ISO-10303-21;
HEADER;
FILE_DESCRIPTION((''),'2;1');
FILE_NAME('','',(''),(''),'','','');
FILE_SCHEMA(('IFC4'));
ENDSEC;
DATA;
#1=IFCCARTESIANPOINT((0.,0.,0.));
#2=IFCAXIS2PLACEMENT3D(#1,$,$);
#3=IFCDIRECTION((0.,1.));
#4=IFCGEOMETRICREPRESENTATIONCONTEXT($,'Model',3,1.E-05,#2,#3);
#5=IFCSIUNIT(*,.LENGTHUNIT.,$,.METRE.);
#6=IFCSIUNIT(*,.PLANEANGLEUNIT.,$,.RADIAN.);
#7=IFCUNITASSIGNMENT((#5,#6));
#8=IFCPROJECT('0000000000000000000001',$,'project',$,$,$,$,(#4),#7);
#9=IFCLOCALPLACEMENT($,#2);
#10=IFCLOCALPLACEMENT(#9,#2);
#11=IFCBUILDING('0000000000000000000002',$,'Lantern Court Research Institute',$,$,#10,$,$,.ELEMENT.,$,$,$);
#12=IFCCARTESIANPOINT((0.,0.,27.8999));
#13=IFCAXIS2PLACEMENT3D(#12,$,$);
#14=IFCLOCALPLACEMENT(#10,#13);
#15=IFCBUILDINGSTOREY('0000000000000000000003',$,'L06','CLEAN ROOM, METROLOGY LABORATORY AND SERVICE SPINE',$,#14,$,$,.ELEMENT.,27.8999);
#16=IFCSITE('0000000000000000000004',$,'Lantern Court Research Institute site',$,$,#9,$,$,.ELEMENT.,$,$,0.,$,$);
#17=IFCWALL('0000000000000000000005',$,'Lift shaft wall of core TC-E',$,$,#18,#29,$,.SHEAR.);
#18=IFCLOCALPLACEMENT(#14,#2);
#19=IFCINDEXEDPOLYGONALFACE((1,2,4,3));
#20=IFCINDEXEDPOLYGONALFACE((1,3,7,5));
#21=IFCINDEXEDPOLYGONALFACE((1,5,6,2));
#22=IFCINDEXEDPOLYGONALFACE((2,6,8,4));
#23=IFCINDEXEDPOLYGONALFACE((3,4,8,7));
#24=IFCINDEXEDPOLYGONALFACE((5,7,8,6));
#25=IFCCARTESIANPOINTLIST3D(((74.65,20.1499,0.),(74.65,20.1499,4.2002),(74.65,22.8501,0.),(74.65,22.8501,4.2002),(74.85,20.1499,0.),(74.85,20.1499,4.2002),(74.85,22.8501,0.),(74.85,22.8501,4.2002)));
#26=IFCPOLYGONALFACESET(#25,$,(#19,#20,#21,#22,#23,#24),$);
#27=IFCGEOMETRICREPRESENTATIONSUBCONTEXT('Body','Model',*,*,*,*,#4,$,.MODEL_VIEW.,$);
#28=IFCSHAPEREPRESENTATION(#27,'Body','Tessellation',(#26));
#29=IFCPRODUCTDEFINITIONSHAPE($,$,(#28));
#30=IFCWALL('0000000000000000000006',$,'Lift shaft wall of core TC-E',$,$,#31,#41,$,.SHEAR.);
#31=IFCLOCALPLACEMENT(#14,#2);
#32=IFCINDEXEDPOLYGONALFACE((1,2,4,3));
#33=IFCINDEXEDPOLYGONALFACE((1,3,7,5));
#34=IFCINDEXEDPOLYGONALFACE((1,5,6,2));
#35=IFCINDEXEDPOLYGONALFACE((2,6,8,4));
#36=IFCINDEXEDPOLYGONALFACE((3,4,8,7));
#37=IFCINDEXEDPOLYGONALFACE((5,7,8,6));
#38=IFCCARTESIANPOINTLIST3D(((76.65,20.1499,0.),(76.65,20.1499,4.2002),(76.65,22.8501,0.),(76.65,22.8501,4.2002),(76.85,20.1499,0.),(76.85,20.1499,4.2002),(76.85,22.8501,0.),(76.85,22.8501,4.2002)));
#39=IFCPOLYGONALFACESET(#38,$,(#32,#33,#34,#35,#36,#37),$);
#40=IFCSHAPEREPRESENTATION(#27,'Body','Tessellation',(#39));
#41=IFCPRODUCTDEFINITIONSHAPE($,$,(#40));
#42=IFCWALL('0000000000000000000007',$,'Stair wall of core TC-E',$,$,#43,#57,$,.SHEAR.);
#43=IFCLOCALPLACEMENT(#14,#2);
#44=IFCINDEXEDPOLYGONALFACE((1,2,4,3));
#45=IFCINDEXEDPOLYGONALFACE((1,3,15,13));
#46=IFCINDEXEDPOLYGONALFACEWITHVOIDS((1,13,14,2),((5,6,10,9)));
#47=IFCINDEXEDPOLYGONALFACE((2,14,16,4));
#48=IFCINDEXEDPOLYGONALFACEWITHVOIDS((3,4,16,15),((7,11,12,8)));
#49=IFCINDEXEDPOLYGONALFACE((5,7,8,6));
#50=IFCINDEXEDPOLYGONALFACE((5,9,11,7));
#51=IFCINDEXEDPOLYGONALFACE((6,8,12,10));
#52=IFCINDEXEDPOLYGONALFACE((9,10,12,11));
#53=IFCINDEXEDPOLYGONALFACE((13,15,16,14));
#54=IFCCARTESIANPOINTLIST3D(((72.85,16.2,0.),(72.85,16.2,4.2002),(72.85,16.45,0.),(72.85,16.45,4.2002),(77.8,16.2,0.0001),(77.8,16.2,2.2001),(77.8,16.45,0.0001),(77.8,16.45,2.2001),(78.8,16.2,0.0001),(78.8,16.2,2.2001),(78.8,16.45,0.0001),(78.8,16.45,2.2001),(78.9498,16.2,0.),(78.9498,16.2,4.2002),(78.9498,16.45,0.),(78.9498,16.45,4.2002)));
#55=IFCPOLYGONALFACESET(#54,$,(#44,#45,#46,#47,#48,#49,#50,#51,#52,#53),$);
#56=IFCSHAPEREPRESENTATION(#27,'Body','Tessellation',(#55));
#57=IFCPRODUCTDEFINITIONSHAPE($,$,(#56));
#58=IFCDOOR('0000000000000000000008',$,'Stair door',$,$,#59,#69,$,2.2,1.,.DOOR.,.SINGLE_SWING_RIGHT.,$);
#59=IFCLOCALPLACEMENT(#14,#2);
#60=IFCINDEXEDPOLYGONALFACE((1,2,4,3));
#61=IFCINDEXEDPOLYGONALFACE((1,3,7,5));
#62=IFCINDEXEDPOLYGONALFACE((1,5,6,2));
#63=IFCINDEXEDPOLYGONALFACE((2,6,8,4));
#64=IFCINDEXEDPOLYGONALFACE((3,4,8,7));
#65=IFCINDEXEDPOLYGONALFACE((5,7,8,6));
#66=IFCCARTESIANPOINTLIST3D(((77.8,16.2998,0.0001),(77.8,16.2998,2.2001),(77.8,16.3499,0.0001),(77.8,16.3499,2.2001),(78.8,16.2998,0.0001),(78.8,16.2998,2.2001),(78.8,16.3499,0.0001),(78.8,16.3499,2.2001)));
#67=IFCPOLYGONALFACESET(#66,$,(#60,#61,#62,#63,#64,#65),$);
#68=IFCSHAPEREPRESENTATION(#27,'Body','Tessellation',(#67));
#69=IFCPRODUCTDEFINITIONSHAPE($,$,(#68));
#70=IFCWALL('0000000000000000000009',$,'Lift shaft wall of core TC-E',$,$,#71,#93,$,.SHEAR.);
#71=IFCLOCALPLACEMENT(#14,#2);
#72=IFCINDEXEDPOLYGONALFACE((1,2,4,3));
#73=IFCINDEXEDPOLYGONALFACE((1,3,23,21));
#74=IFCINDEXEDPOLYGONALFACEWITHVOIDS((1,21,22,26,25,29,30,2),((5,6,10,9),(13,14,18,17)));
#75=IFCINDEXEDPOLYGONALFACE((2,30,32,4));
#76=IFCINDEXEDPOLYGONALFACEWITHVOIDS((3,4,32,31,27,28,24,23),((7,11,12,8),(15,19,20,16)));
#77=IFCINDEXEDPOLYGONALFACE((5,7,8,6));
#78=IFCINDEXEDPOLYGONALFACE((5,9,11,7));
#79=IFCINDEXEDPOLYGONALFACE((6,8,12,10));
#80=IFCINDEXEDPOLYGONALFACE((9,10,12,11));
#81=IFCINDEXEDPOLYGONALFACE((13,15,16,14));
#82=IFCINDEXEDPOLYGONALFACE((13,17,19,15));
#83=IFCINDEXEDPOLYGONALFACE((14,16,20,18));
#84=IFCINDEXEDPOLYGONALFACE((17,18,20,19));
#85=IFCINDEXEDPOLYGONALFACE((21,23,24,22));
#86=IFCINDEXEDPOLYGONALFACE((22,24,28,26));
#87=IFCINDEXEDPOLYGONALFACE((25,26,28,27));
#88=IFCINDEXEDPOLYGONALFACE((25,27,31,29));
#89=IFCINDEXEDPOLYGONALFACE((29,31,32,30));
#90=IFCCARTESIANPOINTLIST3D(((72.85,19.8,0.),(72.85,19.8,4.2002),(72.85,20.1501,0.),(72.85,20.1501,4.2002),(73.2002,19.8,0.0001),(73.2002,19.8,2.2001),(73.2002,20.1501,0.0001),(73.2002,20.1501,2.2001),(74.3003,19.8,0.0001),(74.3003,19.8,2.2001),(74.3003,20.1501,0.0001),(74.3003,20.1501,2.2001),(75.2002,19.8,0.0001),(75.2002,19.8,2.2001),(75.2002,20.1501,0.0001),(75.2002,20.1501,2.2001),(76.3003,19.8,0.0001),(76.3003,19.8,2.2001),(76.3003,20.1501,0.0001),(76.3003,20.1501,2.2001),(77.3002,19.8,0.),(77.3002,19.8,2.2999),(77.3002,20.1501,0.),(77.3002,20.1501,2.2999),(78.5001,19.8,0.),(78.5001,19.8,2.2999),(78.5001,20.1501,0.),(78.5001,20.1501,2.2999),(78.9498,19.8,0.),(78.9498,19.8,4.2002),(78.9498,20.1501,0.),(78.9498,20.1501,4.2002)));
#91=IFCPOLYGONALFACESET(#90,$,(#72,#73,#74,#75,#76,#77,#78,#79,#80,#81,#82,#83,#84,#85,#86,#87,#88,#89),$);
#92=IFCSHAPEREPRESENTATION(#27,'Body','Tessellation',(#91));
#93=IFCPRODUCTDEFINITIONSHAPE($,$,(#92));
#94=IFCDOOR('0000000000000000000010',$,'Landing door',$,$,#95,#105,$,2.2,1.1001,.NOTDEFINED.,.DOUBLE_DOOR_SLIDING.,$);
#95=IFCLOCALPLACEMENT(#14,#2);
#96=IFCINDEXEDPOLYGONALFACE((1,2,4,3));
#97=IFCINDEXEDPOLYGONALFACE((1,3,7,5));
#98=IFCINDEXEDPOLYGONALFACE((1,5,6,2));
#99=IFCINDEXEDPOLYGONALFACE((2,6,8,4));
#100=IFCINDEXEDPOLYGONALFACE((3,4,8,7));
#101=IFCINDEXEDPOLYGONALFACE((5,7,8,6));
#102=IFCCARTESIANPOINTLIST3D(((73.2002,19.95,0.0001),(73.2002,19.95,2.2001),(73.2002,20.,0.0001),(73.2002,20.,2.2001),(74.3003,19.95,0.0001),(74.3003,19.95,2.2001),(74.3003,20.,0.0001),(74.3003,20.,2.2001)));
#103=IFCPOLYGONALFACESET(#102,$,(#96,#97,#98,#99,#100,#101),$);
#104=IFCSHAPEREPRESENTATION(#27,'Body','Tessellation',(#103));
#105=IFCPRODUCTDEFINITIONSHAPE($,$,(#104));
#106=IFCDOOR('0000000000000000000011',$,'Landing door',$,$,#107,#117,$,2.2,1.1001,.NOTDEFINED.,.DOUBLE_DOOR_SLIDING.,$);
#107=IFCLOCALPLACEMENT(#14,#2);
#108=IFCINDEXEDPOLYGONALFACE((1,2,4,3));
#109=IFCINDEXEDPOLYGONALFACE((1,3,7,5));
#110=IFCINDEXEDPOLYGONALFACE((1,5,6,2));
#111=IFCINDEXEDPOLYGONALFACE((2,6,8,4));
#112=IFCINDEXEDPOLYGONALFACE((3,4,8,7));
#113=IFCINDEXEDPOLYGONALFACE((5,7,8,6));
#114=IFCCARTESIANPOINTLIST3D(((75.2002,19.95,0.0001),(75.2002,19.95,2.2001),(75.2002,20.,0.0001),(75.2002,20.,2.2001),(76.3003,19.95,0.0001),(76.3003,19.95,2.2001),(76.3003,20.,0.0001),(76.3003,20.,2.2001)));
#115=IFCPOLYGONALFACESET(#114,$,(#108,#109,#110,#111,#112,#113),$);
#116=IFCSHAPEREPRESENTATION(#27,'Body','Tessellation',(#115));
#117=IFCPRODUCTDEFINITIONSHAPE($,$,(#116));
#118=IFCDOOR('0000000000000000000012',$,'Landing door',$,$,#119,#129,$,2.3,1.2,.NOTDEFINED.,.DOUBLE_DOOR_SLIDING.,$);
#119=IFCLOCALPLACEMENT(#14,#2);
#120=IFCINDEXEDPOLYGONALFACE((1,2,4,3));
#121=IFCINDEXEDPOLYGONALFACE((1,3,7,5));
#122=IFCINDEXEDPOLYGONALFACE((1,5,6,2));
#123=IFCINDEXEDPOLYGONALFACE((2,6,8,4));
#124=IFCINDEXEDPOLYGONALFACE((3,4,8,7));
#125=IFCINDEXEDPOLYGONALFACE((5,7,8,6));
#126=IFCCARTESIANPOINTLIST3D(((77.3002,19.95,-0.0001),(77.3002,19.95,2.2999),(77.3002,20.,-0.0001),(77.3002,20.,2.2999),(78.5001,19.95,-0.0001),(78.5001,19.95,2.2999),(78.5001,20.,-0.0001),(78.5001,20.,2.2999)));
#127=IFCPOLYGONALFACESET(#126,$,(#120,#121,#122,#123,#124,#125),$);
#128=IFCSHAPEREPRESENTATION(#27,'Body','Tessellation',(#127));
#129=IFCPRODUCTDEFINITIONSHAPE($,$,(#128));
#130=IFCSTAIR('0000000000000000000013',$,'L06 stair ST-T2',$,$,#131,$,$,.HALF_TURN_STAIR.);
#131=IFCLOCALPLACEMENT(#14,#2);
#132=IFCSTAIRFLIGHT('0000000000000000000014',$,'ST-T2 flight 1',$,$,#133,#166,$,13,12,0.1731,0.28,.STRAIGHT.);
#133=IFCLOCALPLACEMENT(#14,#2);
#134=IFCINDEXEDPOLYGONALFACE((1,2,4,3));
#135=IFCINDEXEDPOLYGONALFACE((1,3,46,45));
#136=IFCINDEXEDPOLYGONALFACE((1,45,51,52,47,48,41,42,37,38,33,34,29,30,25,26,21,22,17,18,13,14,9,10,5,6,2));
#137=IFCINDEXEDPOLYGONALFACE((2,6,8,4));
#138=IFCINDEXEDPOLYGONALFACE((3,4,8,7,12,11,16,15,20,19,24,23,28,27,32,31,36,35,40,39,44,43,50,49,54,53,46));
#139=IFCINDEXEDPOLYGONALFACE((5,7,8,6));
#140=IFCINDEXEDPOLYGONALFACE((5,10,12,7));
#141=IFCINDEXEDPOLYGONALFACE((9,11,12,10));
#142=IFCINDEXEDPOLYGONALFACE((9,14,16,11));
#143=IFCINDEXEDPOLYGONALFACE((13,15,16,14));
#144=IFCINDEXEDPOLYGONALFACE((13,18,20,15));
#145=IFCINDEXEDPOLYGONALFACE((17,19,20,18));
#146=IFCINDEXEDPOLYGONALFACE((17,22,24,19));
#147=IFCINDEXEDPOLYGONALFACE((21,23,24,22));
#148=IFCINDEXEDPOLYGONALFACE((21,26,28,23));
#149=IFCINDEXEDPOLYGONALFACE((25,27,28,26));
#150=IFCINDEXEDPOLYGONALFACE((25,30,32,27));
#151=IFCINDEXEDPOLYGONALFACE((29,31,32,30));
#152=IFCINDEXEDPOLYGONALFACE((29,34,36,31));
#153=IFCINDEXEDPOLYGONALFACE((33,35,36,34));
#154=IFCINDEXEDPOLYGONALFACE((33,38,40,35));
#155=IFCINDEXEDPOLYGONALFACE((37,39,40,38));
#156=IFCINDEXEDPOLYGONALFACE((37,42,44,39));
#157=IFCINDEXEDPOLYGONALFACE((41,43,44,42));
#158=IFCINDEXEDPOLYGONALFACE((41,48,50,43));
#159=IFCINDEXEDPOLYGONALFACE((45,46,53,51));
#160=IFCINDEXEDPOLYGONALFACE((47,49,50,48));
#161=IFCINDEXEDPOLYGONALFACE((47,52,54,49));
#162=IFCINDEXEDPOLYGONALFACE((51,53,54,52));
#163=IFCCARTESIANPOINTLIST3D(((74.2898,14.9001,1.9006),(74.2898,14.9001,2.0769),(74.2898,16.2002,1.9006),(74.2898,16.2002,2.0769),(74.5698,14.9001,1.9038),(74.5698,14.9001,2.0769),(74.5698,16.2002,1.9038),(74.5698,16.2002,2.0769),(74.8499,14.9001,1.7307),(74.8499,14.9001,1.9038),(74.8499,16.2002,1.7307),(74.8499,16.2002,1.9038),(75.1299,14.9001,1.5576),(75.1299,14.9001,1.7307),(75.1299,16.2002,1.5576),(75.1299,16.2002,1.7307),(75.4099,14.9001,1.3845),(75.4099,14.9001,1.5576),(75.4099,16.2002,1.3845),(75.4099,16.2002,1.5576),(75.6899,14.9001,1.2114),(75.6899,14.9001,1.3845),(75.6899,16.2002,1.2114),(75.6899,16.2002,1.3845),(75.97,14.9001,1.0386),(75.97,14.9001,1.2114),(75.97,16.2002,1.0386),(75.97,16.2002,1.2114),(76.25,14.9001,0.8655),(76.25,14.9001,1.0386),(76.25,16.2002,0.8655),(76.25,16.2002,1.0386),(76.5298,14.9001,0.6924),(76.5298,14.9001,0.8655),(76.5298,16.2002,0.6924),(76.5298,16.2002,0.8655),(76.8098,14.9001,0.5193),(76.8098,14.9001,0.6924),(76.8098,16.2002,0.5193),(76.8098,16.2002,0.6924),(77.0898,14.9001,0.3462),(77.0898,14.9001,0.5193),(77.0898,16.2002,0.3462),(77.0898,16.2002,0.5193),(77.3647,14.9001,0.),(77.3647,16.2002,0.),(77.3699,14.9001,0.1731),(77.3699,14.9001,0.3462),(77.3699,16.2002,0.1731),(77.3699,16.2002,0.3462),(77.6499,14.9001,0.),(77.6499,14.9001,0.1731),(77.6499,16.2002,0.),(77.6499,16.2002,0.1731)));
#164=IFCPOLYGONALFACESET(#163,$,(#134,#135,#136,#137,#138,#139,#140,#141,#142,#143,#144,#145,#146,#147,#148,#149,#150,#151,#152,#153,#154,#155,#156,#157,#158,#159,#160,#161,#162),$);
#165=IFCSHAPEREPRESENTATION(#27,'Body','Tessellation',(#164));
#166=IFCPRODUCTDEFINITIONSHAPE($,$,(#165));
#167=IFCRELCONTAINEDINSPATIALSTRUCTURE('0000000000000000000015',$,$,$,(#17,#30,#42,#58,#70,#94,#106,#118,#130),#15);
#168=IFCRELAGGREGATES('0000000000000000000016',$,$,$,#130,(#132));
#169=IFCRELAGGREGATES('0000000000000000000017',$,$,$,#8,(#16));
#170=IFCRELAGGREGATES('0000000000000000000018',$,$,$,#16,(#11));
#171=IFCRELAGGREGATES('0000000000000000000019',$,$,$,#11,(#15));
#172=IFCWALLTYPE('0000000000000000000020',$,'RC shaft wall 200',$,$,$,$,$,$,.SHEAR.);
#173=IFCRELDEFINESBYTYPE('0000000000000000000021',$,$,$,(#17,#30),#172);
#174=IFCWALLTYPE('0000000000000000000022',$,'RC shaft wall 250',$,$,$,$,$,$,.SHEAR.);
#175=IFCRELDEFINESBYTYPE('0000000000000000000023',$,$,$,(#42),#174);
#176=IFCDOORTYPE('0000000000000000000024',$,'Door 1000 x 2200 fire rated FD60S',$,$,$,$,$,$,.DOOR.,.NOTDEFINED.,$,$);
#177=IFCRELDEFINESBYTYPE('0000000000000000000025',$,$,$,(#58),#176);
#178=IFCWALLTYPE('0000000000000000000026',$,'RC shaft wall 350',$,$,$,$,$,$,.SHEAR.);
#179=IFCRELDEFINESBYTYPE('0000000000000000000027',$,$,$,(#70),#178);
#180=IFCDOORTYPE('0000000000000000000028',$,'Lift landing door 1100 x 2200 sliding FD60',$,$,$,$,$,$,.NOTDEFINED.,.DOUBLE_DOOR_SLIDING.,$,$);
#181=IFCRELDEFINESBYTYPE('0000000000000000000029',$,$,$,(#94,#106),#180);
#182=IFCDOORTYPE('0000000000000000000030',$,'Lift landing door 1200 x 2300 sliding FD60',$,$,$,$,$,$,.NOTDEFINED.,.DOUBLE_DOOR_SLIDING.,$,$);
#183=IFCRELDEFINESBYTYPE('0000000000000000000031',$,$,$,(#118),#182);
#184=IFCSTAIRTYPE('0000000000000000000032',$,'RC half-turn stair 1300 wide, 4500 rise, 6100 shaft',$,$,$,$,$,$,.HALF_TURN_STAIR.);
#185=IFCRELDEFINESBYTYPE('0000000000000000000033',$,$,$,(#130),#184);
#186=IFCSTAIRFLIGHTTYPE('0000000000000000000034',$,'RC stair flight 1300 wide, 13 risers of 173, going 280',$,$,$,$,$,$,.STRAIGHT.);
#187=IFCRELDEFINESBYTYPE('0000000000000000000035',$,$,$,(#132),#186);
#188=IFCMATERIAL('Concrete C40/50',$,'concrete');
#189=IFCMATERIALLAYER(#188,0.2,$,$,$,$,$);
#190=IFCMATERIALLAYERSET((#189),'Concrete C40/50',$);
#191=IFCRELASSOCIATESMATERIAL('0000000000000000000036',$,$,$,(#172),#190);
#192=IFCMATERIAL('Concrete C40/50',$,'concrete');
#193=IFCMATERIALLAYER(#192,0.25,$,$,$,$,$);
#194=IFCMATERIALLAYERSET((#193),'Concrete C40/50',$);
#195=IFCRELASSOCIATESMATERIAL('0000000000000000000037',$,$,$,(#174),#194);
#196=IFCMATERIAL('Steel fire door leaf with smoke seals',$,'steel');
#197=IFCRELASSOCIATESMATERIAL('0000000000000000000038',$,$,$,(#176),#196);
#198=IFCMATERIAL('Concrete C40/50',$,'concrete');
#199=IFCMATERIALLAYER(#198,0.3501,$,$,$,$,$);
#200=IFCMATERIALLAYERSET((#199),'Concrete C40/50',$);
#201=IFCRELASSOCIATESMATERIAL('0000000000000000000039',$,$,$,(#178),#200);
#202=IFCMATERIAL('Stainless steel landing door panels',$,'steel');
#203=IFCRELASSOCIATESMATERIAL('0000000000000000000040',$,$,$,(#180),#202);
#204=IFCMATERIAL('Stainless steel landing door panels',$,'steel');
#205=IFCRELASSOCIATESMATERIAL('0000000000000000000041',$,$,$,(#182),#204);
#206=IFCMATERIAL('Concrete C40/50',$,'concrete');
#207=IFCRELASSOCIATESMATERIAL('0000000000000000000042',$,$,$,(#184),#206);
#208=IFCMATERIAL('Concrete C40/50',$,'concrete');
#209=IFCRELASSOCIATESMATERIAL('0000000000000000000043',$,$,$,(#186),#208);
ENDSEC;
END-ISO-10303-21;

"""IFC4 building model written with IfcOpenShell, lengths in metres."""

from ifc_helpers import new_model, si_unit, direction, frame, frame_2d, origin, place, context, subcontext, project, spatial, polyline, rectangle, outline, extrude, material, layer, layer_set, type_object, element, fill, aggregate, save


model = new_model("IFC4")

# Units and contexts
model_context = context("Model", 3, precision=1e-05, world=origin(), true_north=direction((0.0, 1.0)))
body_context = subcontext(model_context, "Body", "Model", "MODEL_VIEW")
ifc_project = project(units=[si_unit("LENGTHUNIT", "METRE"), si_unit("PLANEANGLEUNIT", "RADIAN")], contexts=[model_context])

# Site, building, storey
site_placement = place(None, origin())
site = spatial("IfcSite", under=ifc_project, at=site_placement, Name="Lantern Court Research Institute site", CompositionType="ELEMENT", RefElevation=0.0)
building_placement = place(site_placement, origin())
building = spatial("IfcBuilding", under=site, at=building_placement, Name="Lantern Court Research Institute", CompositionType="ELEMENT")
storey_placement = place(building_placement, frame((0.0, 0.0, 27.8999)))
storey = spatial("IfcBuildingStorey", under=building, at=storey_placement, Name="L06", Description="CLEAN ROOM, METROLOGY LABORATORY AND SERVICE SPINE", CompositionType="ELEMENT", Elevation=27.8999)

# Walls
ifc_material_1 = material(Name="Concrete C40/50", Category="concrete")
ifc_layer_1 = layer(ifc_material_1, 0.2)
ifc_layer_set_1 = layer_set([ifc_layer_1], Name="Concrete C40/50")
wall_type_1 = type_object("IfcWallType", Name="RC shaft wall 200", PredefinedType="SHEAR", material=ifc_layer_set_1)
for number, where, z_axis, x_axis, name in (
    (1, (74.75, 20.1499, 0.0), (0.0, 0.0, 1.0), (0.0, 1.0, 0.0), "Lift shaft wall of core TC-E"),
    (2, (76.75, 20.1499, 0.0), (0.0, 0.0, 1.0), (0.0, 1.0, 0.0), "Lift shaft wall of core TC-E"),
):
    element("IfcWall", number, at=place(storey_placement, frame(where, z_axis=z_axis, x_axis=x_axis)), inside=storey, type_object=wall_type_1, Name=name, PredefinedType="SHEAR", context=body_context, shape_type="SweptSolid", body=[
        extrude(rectangle(XDim=2.7002, YDim=0.2, at=frame_2d((1.3501, 0.0))), origin(), (0.0, 0.0, 1.0), 4.2002),
    ])

# Wall, opening, door
ifc_material_2 = material(Name="Concrete C40/50", Category="concrete")
ifc_layer_2 = layer(ifc_material_2, 0.25)
ifc_layer_set_2 = layer_set([ifc_layer_2], Name="Concrete C40/50")
wall_type_2 = type_object("IfcWallType", Name="RC shaft wall 250", PredefinedType="SHEAR", material=ifc_layer_set_2)
wall_1_placement = place(storey_placement, frame((72.8501, 16.325, 0.0), z_axis=(0.0, 0.0, 1.0), x_axis=(1.0, 0.0, 0.0)))
wall_1 = element("IfcWall", 3, at=wall_1_placement, inside=storey, type_object=wall_type_2, Name="Stair wall of core TC-E", PredefinedType="SHEAR", context=body_context, shape_type="SweptSolid", body=[
    extrude(rectangle(XDim=6.0999, YDim=0.25, at=frame_2d((3.0498, 0.0))), origin(), (0.0, 0.0, 1.0), 4.2002),
])
opening_1_placement = place(wall_1_placement, frame((4.95, 0.0, 0.0)))
opening_1 = element("IfcOpeningElement", 4, at=opening_1_placement, cuts=wall_1, PredefinedType="OPENING", context=body_context, shape_type="SweptSolid", body=[
    extrude(rectangle(XDim=1.0, YDim=2.2, at=frame_2d((0.5, 1.1001))), frame((0.0, 0.135, 0.0), z_axis=(0.0, -1.0, 0.0), x_axis=(1.0, 0.0, 0.0)), (0.0, 0.0, 1.0), 0.27),
])
ifc_material_3 = material(Name="Steel fire door leaf with smoke seals", Category="steel")
door_type_1 = type_object("IfcDoorType", Name="Door 1000 x 2200 fire rated FD60S", OperationType="NOTDEFINED", PredefinedType="DOOR", material=ifc_material_3)
door_1_placement = place(opening_1_placement, origin())
door_1 = element("IfcDoor", 5, at=door_1_placement, inside=storey, type_object=door_type_1, Name="Stair door", OperationType="SINGLE_SWING_RIGHT", OverallHeight=2.2, OverallWidth=1.0, PredefinedType="DOOR", context=body_context, shape_type="SweptSolid", body=[
    extrude(rectangle(XDim=1.0, YDim=2.2, at=frame_2d((0.5, 1.1001))), frame((0.0, 0.0249, 0.0), z_axis=(0.0, -1.0, 0.0), x_axis=(1.0, 0.0, 0.0)), (0.0, 0.0, 1.0), 0.05),
])
fill(opening_1, door_1)

# Wall, openings, doors
ifc_material_4 = material(Name="Concrete C40/50", Category="concrete")
ifc_layer_3 = layer(ifc_material_4, 0.3501)
ifc_layer_set_3 = layer_set([ifc_layer_3], Name="Concrete C40/50")
wall_type_3 = type_object("IfcWallType", Name="RC shaft wall 350", PredefinedType="SHEAR", material=ifc_layer_set_3)
wall_2_placement = place(storey_placement, frame((72.8501, 19.9751, 0.0), z_axis=(0.0, 0.0, 1.0), x_axis=(1.0, 0.0, 0.0)))
wall_2 = element("IfcWall", 6, at=wall_2_placement, inside=storey, type_object=wall_type_3, Name="Lift shaft wall of core TC-E", PredefinedType="SHEAR", context=body_context, shape_type="SweptSolid", body=[
    extrude(rectangle(XDim=6.0999, YDim=0.3501, at=frame_2d((3.0498, 0.0))), origin(), (0.0, 0.0, 1.0), 4.2002),
])
opening_2_placement = place(wall_2_placement, frame((0.3501, 0.0, 0.0)))
opening_2 = element("IfcOpeningElement", 7, at=opening_2_placement, cuts=wall_2, PredefinedType="OPENING", context=body_context, shape_type="SweptSolid", body=[
    extrude(rectangle(XDim=1.1001, YDim=2.2, at=frame_2d((0.55, 1.1001))), frame((0.0, 0.1851, 0.0), z_axis=(0.0, -1.0, 0.0), x_axis=(1.0, 0.0, 0.0)), (0.0, 0.0, 1.0), 0.3701),
])
opening_3_placement = place(wall_2_placement, frame((2.3501, 0.0, 0.0)))
opening_3 = element("IfcOpeningElement", 8, at=opening_3_placement, cuts=wall_2, PredefinedType="OPENING", context=body_context, shape_type="SweptSolid", body=[
    extrude(rectangle(XDim=1.1001, YDim=2.2, at=frame_2d((0.55, 1.1001))), frame((0.0, 0.1851, 0.0), z_axis=(0.0, -1.0, 0.0), x_axis=(1.0, 0.0, 0.0)), (0.0, 0.0, 1.0), 0.3701),
])
opening_4_placement = place(wall_2_placement, frame((4.45, 0.0, 0.0)))
opening_4 = element("IfcOpeningElement", 9, at=opening_4_placement, cuts=wall_2, PredefinedType="OPENING", context=body_context, shape_type="SweptSolid", body=[
    extrude(rectangle(XDim=1.2, YDim=2.3, at=frame_2d((0.6001, 1.1499))), frame((0.0, 0.1851, 0.0), z_axis=(0.0, -1.0, 0.0), x_axis=(1.0, 0.0, 0.0)), (0.0, 0.0, 1.0), 0.3701),
])
ifc_material_5 = material(Name="Stainless steel landing door panels", Category="steel")
door_type_2 = type_object("IfcDoorType", Name="Lift landing door 1100 x 2200 sliding FD60", OperationType="DOUBLE_DOOR_SLIDING", PredefinedType="NOTDEFINED", material=ifc_material_5)
door_2_placement = place(opening_2_placement, origin())
door_2 = element("IfcDoor", 10, at=door_2_placement, inside=storey, type_object=door_type_2, Name="Landing door", OperationType="DOUBLE_DOOR_SLIDING", OverallHeight=2.2, OverallWidth=1.1001, PredefinedType="NOTDEFINED", context=body_context, shape_type="SweptSolid", body=[
    extrude(rectangle(XDim=1.1001, YDim=2.2, at=frame_2d((0.55, 1.1001))), frame((0.0, 0.0249, 0.0), z_axis=(0.0, -1.0, 0.0), x_axis=(1.0, 0.0, 0.0)), (0.0, 0.0, 1.0), 0.05),
])
fill(opening_2, door_2)
door_3_placement = place(opening_3_placement, origin())
door_3 = element("IfcDoor", 11, at=door_3_placement, inside=storey, type_object=door_type_2, Name="Landing door", OperationType="DOUBLE_DOOR_SLIDING", OverallHeight=2.2, OverallWidth=1.1001, PredefinedType="NOTDEFINED", context=body_context, shape_type="SweptSolid", body=[
    extrude(rectangle(XDim=1.1001, YDim=2.2, at=frame_2d((0.55, 1.1001))), frame((0.0, 0.0249, 0.0), z_axis=(0.0, -1.0, 0.0), x_axis=(1.0, 0.0, 0.0)), (0.0, 0.0, 1.0), 0.05),
])
fill(opening_3, door_3)
ifc_material_6 = material(Name="Stainless steel landing door panels", Category="steel")
door_type_3 = type_object("IfcDoorType", Name="Lift landing door 1200 x 2300 sliding FD60", OperationType="DOUBLE_DOOR_SLIDING", PredefinedType="NOTDEFINED", material=ifc_material_6)
door_4_placement = place(opening_4_placement, origin())
door_4 = element("IfcDoor", 12, at=door_4_placement, inside=storey, type_object=door_type_3, Name="Landing door", OperationType="DOUBLE_DOOR_SLIDING", OverallHeight=2.3, OverallWidth=1.2, PredefinedType="NOTDEFINED", context=body_context, shape_type="SweptSolid", body=[
    extrude(rectangle(XDim=1.2, YDim=2.3, at=frame_2d((0.6001, 1.1499))), frame((0.0, 0.0249, 0.0), z_axis=(0.0, -1.0, 0.0), x_axis=(1.0, 0.0, 0.0)), (0.0, 0.0, 1.0), 0.05),
])
fill(opening_4, door_4)

# Stair, stair flight
ifc_material_7 = material(Name="Concrete C40/50", Category="concrete")
stair_type = type_object("IfcStairType", Name="RC half-turn stair 1300 wide, 4500 rise, 6100 shaft", PredefinedType="HALF_TURN_STAIR", material=ifc_material_7)
stair_placement = place(storey_placement, origin())
stair = element("IfcStair", 13, at=stair_placement, inside=storey, type_object=stair_type, Name="L06 stair ST-T2", PredefinedType="HALF_TURN_STAIR")
ifc_material_8 = material(Name="Concrete C40/50", Category="concrete")
stair_flight_type = type_object("IfcStairFlightType", Name="RC stair flight 1300 wide, 13 risers of 173, going 280", PredefinedType="STRAIGHT", material=ifc_material_8)
stair_flight_1_placement = place(storey_placement, frame((77.6499, 15.55, 0.0), z_axis=(0.0, 0.0, 1.0), x_axis=(-1.0, 0.0, 0.0)))
stair_flight_1 = element("IfcStairFlight", 14, at=stair_flight_1_placement, type_object=stair_flight_type, Name="ST-T2 flight 1", NumberOfRisers=13, NumberOfTreads=12, PredefinedType="STRAIGHT", RiserHeight=0.1731, TreadLength=0.28, context=body_context, shape_type="SweptSolid", body=[
    extrude(outline(polyline([(0.0, 0.0), (0.0, 0.1731), (0.28, 0.1731), (0.28, 0.3462), (0.5601, 0.3462), (0.5601, 0.5193), (0.8401, 0.5193), (0.8401, 0.6924), (1.1201, 0.6924), (1.1201, 0.8655), (1.3999, 0.8655), (1.3999, 1.0386), (1.6799, 1.0386), (1.6799, 1.2114), (1.96, 1.2114), (1.96, 1.3845), (2.24, 1.3845), (2.24, 1.5576), (2.52, 1.5576), (2.52, 1.7307), (2.8, 1.7307), (2.8, 1.9038), (3.0801, 1.9038), (3.0801, 2.0769), (3.3601, 2.0769), (3.3601, 2.25), (3.3601, 1.9006), (0.2852, 0.0), (0.0, 0.0)])), frame((0.0, 0.6499, 0.0), z_axis=(0.0, -1.0, 0.0), x_axis=(1.0, 0.0, 0.0)), (0.0, 0.0, 1.0), 1.3),
])
aggregate(stair, [stair_flight_1])

save(model, "model.ifc")
